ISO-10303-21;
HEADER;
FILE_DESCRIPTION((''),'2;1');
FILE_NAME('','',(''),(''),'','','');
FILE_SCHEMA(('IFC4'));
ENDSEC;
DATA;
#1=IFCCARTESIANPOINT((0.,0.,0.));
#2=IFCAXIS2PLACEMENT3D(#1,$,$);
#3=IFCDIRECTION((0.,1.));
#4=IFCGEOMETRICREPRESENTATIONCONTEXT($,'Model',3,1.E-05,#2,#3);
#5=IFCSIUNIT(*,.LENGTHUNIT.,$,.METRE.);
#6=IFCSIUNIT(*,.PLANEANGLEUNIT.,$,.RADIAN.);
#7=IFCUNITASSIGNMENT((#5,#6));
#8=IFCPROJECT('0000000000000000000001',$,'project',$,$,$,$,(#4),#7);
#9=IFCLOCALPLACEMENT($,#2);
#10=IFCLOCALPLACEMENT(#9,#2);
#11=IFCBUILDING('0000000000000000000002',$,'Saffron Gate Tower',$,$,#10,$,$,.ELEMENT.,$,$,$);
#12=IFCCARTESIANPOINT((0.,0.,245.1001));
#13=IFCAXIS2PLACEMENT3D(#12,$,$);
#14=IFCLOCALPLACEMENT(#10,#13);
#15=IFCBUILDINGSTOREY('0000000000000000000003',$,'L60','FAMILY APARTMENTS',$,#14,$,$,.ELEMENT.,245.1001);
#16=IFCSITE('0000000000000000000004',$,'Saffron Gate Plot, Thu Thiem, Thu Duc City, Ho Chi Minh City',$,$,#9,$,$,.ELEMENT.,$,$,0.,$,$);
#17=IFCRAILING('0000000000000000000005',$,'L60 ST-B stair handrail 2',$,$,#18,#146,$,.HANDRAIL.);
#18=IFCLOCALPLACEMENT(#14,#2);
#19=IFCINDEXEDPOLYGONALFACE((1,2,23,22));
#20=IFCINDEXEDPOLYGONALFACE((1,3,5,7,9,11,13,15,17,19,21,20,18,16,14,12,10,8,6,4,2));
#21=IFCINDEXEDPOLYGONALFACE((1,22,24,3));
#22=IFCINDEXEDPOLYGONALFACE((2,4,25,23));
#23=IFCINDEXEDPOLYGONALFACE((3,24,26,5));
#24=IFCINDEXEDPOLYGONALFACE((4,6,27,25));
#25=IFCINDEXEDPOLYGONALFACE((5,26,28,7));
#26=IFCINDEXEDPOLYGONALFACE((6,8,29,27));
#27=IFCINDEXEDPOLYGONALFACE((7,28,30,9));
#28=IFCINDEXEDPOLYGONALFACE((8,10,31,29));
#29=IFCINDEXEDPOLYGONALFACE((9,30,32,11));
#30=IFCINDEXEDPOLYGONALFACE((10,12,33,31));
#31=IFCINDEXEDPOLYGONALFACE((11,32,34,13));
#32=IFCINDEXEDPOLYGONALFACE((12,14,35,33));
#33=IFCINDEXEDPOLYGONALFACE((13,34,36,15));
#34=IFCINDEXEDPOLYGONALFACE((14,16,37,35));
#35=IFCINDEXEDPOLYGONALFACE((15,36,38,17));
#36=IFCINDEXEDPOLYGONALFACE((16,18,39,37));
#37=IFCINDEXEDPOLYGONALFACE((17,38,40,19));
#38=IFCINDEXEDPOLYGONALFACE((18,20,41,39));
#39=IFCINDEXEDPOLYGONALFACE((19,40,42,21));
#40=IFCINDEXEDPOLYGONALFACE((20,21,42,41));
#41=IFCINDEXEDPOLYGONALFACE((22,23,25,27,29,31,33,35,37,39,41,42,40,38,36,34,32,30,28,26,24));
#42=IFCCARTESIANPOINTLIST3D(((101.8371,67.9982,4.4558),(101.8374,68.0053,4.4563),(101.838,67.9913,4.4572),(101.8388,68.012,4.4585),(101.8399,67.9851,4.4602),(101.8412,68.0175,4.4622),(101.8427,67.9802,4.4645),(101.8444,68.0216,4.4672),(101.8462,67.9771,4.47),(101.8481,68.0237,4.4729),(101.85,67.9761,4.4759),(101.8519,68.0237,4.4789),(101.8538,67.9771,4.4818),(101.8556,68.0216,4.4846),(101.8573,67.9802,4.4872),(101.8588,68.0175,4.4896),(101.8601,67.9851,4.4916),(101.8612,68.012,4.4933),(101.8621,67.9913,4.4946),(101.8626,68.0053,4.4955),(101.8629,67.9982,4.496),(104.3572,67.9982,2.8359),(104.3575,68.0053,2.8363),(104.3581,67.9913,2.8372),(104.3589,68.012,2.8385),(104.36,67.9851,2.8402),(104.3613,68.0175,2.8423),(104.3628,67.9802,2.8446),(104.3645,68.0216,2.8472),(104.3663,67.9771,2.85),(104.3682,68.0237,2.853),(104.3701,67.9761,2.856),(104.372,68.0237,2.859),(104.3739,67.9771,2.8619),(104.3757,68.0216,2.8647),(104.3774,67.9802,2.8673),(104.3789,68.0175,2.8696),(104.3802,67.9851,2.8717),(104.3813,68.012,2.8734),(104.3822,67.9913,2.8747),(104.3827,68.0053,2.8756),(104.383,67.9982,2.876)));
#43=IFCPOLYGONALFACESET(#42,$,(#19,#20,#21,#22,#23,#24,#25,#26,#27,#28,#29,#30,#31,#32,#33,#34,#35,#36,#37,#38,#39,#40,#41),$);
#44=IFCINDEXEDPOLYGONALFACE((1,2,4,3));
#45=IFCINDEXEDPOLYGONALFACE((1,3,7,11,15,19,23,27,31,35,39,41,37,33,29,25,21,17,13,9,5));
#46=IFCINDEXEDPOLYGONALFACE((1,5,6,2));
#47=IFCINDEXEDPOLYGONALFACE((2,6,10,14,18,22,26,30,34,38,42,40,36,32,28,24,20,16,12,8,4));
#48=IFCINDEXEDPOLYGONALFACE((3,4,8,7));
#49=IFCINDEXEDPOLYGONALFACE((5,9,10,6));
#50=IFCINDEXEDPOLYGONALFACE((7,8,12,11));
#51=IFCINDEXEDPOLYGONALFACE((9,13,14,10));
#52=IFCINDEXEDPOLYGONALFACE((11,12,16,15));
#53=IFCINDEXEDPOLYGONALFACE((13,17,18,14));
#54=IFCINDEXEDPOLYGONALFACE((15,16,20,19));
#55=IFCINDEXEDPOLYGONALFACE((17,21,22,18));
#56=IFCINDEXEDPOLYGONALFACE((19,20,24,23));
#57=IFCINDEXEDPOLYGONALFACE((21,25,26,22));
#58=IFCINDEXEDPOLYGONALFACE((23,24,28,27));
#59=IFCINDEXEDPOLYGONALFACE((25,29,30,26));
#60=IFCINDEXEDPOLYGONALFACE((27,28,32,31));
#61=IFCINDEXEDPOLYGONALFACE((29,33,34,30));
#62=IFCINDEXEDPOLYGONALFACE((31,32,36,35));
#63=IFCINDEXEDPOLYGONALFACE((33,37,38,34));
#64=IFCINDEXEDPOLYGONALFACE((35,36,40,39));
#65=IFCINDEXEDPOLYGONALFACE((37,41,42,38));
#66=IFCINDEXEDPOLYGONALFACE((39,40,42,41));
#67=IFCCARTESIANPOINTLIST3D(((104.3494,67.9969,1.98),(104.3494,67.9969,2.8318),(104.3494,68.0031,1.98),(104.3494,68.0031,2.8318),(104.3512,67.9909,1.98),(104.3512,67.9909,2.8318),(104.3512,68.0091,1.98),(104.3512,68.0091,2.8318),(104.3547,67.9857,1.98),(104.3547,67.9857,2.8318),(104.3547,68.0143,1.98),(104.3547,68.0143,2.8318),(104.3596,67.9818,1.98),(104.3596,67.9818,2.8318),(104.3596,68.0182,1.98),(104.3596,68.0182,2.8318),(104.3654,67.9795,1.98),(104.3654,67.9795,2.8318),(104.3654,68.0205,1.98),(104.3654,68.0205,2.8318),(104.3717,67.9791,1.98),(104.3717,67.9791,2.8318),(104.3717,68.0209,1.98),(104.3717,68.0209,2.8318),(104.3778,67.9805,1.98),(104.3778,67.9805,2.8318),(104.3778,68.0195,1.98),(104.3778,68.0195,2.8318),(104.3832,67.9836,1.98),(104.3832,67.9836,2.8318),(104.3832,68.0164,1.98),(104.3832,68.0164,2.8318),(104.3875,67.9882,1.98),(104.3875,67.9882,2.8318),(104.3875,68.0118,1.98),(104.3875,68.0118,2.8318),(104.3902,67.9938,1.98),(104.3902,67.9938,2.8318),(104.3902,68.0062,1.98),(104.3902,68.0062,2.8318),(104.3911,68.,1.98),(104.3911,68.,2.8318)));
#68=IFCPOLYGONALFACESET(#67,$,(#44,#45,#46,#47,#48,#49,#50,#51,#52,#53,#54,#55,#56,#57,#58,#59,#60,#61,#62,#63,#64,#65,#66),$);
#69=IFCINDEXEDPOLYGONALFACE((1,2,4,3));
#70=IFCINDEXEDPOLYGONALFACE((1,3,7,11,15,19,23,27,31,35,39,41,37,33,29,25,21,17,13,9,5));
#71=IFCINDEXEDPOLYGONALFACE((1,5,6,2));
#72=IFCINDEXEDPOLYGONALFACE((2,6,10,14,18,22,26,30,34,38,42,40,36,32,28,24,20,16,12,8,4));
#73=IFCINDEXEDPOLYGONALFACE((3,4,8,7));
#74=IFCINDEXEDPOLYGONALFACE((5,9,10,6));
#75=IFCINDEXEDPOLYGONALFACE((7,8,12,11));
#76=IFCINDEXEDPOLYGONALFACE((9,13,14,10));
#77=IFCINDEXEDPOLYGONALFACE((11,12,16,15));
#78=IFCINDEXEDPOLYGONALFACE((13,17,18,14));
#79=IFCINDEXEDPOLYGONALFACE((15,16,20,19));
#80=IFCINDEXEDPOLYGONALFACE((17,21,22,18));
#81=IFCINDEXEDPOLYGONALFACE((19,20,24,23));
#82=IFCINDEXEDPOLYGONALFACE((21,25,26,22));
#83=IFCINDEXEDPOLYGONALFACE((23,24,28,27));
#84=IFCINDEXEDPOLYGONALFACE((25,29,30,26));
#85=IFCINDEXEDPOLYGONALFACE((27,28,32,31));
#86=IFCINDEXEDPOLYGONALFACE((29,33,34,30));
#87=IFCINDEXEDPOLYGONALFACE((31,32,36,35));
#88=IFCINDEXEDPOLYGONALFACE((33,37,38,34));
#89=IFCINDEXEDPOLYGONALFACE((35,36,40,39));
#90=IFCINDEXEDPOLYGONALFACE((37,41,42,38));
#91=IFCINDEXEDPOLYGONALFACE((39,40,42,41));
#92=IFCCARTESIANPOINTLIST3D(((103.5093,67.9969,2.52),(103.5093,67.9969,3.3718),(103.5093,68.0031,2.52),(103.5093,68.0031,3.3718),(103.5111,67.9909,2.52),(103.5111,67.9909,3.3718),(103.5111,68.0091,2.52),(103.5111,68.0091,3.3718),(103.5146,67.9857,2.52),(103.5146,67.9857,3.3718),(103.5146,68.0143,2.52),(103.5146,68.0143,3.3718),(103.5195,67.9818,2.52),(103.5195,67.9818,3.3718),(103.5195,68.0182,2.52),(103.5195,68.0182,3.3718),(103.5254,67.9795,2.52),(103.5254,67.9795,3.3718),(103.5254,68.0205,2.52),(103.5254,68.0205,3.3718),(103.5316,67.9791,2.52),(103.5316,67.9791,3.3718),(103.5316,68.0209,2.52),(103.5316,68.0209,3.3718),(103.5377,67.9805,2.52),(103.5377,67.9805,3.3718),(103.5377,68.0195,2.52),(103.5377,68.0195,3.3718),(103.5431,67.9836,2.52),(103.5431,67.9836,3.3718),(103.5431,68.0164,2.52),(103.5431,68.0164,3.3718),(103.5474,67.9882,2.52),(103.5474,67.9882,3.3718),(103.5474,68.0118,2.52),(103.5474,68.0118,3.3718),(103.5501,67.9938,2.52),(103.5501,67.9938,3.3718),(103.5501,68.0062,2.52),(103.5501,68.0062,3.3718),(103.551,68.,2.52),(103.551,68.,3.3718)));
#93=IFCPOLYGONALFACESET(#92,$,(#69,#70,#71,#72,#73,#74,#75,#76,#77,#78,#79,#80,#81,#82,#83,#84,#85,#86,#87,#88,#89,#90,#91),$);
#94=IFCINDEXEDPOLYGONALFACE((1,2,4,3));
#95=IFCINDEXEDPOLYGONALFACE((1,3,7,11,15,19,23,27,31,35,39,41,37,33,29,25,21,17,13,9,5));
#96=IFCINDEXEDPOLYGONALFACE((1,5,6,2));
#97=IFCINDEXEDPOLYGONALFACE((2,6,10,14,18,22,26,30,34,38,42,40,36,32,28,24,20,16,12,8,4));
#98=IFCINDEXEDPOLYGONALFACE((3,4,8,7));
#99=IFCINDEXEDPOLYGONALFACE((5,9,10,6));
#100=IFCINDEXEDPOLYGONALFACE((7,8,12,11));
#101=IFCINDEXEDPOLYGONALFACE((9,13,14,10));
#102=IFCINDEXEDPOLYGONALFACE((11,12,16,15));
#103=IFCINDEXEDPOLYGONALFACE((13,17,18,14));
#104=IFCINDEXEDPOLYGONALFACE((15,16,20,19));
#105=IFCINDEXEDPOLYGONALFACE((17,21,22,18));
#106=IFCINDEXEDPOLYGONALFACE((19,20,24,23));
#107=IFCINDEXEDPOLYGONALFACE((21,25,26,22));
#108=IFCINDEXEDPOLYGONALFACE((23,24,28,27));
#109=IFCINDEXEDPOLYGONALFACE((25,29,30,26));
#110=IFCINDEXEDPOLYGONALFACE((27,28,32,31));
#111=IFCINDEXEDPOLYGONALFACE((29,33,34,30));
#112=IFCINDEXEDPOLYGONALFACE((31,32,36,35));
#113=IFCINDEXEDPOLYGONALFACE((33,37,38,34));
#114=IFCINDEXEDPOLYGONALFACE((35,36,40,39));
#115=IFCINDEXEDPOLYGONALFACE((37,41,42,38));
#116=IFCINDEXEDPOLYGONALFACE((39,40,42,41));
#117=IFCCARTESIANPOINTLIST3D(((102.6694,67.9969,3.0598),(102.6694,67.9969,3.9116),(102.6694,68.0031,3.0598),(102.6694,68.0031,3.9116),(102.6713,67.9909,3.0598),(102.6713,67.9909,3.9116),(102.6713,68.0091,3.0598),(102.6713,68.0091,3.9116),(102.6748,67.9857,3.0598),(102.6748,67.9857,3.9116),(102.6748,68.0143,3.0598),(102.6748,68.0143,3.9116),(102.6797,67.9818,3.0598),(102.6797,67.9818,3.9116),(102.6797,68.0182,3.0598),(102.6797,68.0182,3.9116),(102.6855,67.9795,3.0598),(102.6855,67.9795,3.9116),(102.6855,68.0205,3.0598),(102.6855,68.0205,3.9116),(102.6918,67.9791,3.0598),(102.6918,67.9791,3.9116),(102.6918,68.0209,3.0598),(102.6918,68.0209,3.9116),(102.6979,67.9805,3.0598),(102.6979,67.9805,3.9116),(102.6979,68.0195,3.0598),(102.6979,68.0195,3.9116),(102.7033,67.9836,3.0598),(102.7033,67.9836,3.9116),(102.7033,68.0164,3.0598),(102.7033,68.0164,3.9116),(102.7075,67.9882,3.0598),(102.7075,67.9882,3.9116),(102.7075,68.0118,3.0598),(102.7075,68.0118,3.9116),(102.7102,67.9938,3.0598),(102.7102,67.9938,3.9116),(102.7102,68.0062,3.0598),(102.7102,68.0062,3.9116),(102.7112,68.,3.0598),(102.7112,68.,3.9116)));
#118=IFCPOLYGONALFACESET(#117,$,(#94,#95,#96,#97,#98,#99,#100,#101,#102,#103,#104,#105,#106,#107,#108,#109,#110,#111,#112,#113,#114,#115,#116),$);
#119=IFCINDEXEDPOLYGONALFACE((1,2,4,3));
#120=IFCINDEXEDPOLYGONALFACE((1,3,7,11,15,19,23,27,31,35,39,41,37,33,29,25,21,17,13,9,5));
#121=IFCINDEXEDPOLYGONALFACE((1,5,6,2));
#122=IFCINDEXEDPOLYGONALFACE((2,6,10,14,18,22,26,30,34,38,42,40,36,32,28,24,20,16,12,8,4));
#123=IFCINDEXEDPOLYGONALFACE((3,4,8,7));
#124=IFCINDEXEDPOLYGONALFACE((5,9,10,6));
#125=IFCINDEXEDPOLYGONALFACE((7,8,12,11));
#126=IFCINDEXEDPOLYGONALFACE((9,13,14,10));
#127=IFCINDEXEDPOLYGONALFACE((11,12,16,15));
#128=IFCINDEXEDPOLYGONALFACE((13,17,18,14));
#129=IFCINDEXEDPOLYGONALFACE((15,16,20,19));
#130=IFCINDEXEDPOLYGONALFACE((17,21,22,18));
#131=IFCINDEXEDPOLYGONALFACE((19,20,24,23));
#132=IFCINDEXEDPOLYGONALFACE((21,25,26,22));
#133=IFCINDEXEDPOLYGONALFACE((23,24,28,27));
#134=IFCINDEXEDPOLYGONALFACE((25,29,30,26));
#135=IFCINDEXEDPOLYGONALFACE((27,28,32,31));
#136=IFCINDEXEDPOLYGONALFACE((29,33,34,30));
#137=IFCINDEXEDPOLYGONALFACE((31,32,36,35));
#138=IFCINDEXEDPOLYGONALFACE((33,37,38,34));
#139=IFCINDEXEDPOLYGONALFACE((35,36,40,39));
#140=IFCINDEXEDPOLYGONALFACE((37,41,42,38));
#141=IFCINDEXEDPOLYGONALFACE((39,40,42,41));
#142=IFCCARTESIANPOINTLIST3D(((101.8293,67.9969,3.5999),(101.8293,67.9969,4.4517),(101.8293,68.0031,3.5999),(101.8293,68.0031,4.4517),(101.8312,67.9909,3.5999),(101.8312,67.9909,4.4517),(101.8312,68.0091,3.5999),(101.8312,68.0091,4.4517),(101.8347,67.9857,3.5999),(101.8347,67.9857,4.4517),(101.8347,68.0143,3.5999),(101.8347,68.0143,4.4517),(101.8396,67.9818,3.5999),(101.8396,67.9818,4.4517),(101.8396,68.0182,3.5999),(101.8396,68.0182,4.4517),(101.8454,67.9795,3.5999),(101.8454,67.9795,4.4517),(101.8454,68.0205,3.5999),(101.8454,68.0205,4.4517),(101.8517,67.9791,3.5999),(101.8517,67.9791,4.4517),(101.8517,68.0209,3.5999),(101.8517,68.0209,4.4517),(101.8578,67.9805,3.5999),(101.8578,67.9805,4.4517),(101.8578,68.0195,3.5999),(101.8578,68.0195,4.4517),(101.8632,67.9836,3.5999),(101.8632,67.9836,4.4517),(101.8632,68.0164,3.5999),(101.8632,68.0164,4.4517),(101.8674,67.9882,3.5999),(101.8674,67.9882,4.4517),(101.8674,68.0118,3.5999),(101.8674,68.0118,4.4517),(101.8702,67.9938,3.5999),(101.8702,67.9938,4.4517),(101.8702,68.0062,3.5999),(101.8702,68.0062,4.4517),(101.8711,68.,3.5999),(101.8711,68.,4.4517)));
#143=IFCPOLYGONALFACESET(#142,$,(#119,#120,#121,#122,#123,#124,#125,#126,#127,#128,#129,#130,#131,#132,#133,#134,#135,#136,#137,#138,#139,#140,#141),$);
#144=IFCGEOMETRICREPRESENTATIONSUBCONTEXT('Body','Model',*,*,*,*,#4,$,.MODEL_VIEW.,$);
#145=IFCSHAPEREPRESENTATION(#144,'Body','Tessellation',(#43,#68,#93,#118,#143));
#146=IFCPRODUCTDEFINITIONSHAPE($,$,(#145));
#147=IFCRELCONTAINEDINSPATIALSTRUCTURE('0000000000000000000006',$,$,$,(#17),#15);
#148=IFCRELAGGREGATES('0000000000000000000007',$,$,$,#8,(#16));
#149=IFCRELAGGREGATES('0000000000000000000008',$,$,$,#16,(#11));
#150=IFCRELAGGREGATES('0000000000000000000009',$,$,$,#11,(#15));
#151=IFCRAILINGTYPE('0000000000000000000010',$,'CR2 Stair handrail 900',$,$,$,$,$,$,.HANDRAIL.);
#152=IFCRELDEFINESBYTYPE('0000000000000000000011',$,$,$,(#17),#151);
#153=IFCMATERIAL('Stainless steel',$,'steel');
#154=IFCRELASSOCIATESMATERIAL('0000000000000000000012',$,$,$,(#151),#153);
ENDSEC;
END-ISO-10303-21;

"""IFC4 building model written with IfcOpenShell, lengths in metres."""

from ifc_helpers import new_model, si_unit, direction, frame, origin, origin_2d, place, context, subcontext, project, spatial, circle, extrude, material, type_object, element, save


model = new_model("IFC4")

# Units and contexts
model_context = context("Model", 3, precision=1e-05, world=origin(), true_north=direction((0.0, 1.0)))
body_context = subcontext(model_context, "Body", "Model", "MODEL_VIEW")
ifc_project = project(units=[si_unit("LENGTHUNIT", "METRE"), si_unit("PLANEANGLEUNIT", "RADIAN")], contexts=[model_context])

# Site, building, storey
site_placement = place(None, origin())
site = spatial("IfcSite", under=ifc_project, at=site_placement, Name="Saffron Gate Plot, Thu Thiem, Thu Duc City, Ho Chi Minh City", CompositionType="ELEMENT", RefElevation=0.0)
building_placement = place(site_placement, origin())
building = spatial("IfcBuilding", under=site, at=building_placement, Name="Saffron Gate Tower", CompositionType="ELEMENT")
storey_placement = place(building_placement, frame((0.0, 0.0, 245.1001)))
storey = spatial("IfcBuildingStorey", under=building, at=storey_placement, Name="L60", Description="FAMILY APARTMENTS", CompositionType="ELEMENT", Elevation=245.1001)

# Railing
ifc_material_1 = material(Name="Stainless steel", Category="steel")
railing_type_1 = type_object("IfcRailingType", Name="CR2 Stair handrail 900", PredefinedType="HANDRAIL", material=ifc_material_1)
railing_1_placement = place(storey_placement, frame((104.3701, 68.0, 1.98)))
element("IfcRailing", 1, at=railing_1_placement, inside=storey, type_object=railing_type_1, Name="L60 ST-B stair handrail 2", PredefinedType="HANDRAIL", context=body_context, shape_type="SweptSolid", body=[
    extrude(circle(Radius=0.0239, at=origin_2d()), frame((0.0, 0.0, 0.876), z_axis=(-0.8412, 0.0, 0.540725), x_axis=(0.0, -1.0, 0.0)), (0.0, 0.0, 1.0), 2.9958),
    extrude(circle(Radius=0.021, at=origin_2d()), origin(), (0.0, 0.0, 1.0), 0.8518),
    extrude(circle(Radius=0.021, at=origin_2d()), frame((-0.8401, 0.0, 0.54)), (0.0, 0.0, 1.0), 0.8518),
    extrude(circle(Radius=0.021, at=origin_2d()), frame((-1.6799, 0.0, 1.0798)), (0.0, 0.0, 1.0), 0.8518),
    extrude(circle(Radius=0.021, at=origin_2d()), frame((-2.52, 0.0, 1.6199)), (0.0, 0.0, 1.0), 0.8518),
])

save(model, "model.ifc")
